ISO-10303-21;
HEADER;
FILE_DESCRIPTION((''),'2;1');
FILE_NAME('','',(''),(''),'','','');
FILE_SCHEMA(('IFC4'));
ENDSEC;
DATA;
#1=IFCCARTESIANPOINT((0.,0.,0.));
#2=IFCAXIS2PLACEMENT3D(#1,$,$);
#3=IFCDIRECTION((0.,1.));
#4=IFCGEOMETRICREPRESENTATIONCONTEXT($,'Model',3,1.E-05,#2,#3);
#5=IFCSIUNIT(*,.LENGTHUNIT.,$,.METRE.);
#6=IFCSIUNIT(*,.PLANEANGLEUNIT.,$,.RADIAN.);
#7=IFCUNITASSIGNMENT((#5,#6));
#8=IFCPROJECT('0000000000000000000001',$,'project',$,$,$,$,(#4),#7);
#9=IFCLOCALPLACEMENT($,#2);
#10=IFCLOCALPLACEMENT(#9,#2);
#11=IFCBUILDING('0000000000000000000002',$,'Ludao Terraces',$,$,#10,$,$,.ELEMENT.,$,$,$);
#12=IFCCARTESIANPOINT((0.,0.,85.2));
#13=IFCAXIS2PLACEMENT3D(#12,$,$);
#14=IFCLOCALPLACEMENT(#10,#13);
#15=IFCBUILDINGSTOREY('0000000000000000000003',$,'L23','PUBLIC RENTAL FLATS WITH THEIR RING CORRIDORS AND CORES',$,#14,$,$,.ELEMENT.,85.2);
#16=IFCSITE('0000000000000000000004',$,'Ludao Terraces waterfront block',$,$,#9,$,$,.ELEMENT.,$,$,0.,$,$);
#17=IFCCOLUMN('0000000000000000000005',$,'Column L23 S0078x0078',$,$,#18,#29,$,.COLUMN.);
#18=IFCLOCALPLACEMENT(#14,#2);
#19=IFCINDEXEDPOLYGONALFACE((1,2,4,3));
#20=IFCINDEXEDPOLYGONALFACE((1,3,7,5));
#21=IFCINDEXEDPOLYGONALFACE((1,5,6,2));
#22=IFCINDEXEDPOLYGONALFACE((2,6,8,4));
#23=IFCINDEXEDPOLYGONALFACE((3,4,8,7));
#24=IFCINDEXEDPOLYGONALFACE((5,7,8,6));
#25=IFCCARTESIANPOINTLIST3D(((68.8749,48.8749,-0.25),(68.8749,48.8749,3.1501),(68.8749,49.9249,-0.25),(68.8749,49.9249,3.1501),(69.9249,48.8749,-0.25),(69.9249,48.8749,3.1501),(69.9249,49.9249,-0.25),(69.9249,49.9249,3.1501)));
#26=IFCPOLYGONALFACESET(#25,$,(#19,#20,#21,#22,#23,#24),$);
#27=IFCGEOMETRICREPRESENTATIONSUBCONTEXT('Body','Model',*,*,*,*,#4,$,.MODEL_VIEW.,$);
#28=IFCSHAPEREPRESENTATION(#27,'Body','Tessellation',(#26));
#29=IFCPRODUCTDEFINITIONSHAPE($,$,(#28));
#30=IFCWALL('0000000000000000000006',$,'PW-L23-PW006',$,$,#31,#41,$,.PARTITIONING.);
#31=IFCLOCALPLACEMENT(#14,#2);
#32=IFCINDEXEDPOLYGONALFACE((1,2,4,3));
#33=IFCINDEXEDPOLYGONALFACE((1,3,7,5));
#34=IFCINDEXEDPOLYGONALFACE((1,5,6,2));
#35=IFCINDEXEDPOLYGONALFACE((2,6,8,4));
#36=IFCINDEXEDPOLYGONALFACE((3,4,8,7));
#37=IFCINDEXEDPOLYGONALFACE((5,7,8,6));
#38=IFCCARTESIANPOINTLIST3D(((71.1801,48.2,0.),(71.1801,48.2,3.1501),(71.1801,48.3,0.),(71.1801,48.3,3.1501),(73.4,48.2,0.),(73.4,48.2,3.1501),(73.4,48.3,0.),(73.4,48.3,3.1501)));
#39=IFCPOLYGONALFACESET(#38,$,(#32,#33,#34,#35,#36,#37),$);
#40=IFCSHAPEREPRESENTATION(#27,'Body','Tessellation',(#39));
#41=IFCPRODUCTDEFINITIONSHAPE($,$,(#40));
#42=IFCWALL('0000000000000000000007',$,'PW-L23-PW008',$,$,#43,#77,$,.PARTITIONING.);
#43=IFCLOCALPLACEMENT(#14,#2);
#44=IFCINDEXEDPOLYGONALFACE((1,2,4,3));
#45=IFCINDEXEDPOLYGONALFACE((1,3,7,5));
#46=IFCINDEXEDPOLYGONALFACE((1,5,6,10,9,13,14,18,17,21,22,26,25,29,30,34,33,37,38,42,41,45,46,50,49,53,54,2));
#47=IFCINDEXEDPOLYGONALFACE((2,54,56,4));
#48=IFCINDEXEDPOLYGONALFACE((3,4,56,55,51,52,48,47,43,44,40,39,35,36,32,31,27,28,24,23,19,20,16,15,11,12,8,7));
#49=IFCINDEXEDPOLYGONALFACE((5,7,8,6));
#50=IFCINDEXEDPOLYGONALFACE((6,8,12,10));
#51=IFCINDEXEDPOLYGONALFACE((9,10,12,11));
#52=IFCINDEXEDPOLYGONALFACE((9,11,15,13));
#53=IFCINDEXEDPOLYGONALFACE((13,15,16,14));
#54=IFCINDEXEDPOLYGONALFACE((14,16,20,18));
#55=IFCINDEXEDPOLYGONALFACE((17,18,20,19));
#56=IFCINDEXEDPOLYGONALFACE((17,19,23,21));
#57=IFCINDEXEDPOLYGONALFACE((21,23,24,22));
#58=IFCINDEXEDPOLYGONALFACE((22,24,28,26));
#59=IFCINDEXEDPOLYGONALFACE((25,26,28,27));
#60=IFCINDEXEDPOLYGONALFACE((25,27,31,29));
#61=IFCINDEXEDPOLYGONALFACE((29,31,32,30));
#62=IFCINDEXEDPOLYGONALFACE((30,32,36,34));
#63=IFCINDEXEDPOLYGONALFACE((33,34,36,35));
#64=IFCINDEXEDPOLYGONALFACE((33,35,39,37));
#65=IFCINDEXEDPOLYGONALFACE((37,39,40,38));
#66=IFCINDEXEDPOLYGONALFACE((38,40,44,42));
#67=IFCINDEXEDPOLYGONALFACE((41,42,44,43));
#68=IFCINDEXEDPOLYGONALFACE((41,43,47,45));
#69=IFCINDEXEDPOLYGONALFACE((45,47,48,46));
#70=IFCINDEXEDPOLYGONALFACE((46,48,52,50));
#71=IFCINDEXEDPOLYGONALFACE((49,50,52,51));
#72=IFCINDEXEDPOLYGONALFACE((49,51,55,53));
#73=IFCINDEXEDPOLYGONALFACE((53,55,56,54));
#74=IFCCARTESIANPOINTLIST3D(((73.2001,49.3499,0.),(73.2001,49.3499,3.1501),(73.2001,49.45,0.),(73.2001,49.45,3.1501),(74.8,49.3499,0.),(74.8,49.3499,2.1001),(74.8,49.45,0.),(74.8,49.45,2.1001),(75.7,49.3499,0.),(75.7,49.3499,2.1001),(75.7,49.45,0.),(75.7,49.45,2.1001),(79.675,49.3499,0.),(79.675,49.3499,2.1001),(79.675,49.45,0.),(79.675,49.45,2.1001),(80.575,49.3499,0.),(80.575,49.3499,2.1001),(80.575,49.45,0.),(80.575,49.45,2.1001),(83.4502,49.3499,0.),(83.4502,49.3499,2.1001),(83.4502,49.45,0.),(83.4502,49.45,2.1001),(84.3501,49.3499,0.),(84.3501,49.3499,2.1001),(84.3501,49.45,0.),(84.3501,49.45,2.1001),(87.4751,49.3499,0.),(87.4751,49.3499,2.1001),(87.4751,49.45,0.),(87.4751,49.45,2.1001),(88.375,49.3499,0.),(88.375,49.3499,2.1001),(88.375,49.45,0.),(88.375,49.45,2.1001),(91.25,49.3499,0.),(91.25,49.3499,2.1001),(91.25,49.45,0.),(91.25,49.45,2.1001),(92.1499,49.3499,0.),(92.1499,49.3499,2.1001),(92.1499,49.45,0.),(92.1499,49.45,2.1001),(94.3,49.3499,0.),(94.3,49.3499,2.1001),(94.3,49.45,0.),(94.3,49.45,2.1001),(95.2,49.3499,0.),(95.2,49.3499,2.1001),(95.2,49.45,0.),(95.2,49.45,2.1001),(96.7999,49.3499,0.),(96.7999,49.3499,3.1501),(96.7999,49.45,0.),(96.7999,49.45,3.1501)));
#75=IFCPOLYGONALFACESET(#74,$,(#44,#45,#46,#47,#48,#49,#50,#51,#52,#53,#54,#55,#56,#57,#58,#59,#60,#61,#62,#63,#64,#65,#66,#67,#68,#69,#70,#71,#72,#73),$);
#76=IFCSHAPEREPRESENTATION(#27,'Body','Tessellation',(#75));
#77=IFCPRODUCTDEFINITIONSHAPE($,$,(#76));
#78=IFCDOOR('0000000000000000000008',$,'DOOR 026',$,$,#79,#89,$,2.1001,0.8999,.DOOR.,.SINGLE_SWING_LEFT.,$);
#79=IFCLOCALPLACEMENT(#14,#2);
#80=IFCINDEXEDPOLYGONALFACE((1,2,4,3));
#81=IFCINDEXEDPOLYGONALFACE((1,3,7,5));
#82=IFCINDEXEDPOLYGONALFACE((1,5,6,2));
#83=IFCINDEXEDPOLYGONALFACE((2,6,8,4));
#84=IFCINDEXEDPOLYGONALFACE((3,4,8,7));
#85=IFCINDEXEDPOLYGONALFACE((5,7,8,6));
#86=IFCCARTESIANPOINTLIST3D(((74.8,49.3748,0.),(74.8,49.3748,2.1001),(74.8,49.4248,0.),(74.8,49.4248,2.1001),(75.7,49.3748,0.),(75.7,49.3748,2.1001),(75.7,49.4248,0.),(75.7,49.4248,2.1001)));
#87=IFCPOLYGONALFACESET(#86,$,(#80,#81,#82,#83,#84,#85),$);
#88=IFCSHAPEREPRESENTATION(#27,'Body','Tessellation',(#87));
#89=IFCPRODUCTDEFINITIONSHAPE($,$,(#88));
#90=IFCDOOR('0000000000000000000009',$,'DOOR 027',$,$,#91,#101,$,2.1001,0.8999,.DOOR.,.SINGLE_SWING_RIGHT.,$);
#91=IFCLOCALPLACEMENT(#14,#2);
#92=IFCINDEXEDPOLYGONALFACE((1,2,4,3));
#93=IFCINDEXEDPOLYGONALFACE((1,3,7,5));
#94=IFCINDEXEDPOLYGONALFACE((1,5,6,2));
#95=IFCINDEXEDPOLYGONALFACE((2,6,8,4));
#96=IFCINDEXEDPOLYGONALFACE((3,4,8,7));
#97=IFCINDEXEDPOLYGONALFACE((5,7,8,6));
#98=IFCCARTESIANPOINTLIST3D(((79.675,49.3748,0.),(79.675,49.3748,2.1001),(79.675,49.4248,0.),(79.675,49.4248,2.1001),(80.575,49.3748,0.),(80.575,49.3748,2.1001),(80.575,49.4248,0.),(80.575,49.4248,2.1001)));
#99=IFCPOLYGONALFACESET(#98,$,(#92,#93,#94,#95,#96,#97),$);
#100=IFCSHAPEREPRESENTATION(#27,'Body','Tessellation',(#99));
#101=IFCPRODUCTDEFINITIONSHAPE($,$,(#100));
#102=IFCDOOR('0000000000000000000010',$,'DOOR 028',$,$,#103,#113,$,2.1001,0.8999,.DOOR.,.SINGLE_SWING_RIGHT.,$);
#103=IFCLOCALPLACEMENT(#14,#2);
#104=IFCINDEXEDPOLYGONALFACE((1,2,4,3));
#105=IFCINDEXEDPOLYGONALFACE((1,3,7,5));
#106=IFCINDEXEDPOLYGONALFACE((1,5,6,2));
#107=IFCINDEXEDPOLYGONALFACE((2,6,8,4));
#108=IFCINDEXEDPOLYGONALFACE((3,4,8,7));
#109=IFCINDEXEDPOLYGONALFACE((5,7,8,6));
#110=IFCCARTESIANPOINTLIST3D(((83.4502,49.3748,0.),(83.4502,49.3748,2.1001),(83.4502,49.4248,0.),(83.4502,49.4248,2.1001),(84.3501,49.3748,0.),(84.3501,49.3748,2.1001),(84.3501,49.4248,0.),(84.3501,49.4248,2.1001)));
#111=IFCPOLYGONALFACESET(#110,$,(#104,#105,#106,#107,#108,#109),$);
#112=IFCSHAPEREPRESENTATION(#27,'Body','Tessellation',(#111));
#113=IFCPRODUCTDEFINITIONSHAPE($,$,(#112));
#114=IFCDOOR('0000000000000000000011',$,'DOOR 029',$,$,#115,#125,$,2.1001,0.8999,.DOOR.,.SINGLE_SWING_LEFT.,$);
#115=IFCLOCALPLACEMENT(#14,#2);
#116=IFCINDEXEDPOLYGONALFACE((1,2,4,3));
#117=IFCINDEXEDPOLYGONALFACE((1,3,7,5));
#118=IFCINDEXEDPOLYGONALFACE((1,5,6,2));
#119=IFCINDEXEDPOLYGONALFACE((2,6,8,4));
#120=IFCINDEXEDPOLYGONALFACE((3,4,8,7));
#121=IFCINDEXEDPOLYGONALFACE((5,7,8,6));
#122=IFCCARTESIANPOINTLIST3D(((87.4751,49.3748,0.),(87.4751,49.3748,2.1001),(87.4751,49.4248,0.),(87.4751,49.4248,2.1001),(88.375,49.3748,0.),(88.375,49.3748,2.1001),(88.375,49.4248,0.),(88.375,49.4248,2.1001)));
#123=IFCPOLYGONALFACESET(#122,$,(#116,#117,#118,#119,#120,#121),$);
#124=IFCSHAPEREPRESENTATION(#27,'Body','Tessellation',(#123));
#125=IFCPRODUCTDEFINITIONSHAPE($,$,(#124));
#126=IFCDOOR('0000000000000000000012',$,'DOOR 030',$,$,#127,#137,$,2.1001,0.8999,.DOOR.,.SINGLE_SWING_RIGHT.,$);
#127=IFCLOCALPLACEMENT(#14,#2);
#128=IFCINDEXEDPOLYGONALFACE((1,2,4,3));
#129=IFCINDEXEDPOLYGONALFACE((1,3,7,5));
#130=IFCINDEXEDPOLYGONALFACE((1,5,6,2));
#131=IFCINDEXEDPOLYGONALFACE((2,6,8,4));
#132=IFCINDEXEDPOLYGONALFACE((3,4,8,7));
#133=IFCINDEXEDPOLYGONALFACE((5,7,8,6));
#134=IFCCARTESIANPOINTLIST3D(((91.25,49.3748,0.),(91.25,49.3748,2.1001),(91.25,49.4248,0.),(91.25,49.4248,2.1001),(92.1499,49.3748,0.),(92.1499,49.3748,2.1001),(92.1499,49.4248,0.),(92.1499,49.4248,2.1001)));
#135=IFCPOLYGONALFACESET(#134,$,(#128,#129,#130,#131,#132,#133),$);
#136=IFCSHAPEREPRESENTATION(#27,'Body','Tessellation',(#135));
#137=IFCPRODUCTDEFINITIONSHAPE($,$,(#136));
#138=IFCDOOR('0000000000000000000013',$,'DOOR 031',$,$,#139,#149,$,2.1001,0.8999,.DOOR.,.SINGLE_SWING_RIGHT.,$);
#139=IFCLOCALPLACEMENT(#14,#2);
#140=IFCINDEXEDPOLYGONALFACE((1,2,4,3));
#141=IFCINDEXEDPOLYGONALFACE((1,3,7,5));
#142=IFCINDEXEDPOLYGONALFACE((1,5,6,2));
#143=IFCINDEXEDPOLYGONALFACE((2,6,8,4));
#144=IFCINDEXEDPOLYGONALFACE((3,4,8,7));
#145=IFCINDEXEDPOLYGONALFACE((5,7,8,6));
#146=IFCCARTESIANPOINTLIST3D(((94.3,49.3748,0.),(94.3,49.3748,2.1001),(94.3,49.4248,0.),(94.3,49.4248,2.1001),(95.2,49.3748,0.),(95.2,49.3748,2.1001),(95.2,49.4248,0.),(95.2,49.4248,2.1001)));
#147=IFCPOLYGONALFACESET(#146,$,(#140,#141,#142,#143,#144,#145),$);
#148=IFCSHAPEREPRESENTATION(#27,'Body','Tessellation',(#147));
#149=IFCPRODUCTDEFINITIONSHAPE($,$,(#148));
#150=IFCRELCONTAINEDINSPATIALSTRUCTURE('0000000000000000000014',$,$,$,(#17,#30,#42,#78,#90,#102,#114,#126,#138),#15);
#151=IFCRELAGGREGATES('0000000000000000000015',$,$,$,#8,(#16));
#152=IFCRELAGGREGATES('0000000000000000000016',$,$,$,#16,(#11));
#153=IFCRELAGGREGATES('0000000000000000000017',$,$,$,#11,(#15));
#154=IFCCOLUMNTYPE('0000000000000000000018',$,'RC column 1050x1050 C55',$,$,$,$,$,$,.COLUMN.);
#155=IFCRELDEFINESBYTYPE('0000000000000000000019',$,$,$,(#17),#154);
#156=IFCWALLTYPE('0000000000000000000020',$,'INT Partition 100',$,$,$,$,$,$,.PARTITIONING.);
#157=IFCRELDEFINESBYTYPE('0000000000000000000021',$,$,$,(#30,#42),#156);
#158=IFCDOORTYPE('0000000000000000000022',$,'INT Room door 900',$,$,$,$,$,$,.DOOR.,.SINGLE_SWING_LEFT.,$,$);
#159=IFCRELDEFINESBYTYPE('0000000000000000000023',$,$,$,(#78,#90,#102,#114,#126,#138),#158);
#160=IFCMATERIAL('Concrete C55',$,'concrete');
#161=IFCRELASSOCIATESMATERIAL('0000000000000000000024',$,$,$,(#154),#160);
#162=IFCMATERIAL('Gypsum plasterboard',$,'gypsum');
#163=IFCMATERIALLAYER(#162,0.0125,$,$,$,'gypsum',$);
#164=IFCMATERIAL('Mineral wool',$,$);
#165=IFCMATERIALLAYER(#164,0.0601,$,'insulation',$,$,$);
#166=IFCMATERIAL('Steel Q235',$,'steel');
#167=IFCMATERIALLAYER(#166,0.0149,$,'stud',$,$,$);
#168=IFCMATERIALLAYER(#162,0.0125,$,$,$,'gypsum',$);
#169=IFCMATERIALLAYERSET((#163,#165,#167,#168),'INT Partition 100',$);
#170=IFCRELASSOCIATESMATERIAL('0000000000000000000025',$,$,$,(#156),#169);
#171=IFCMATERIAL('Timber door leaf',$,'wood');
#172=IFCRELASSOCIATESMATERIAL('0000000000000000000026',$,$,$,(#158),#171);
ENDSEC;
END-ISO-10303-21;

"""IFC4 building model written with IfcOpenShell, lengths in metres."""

from ifc_helpers import new_model, si_unit, direction, frame, frame_2d, origin, origin_2d, place, context, subcontext, project, spatial, rectangle, extrude, material, layer, layer_set, material_profile, profile_set, type_object, element, fill, save


model = new_model("IFC4")

# Units and contexts
model_context = context("Model", 3, precision=1e-05, world=origin(), true_north=direction((0.0, 1.0)))
body_context = subcontext(model_context, "Body", "Model", "MODEL_VIEW")
ifc_project = project(units=[si_unit("LENGTHUNIT", "METRE"), si_unit("PLANEANGLEUNIT", "RADIAN")], contexts=[model_context])

# Site, building, storey
site_placement = place(None, origin())
site = spatial("IfcSite", under=ifc_project, at=site_placement, Name="Ludao Terraces waterfront block", CompositionType="ELEMENT", RefElevation=0.0)
building_placement = place(site_placement, origin())
building = spatial("IfcBuilding", under=site, at=building_placement, Name="Ludao Terraces", CompositionType="ELEMENT")
storey_placement = place(building_placement, frame((0.0, 0.0, 85.2)))
storey = spatial("IfcBuildingStorey", under=building, at=storey_placement, Name="L23", Description="PUBLIC RENTAL FLATS WITH THEIR RING CORRIDORS AND CORES", CompositionType="ELEMENT", Elevation=85.2)

# Column
ifc_material_1 = material(Name="Concrete C55", Category="concrete")
ifc_material_profile = material_profile(ifc_material_1, rectangle(XDim=1.05, YDim=1.05, at=origin_2d()), Name="1050 X 1050")
ifc_profile_set = profile_set([ifc_material_profile], Name="Concrete C55")
column_type = type_object("IfcColumnType", Name="RC column 1050x1050 C55", PredefinedType="COLUMN", material=ifc_profile_set)
column_placement = place(storey_placement, frame((69.3999, 49.3999, -0.25), z_axis=(0.0, 0.0, 1.0), x_axis=(1.0, 0.0, 0.0)))
element("IfcColumn", 1, at=column_placement, inside=storey, type_object=column_type, Name="Column L23 S0078x0078", PredefinedType="COLUMN", context=body_context, shape_type="SweptSolid", body=[
    extrude(rectangle(XDim=1.05, YDim=1.05, at=origin_2d()), origin(), (0.0, 0.0, 1.0), 3.4001),
])

# Wall
ifc_material_2 = material(Name="Gypsum plasterboard", Category="gypsum")
ifc_layer_1 = layer(ifc_material_2, 0.0125, Category="gypsum")
ifc_material_3 = material(Name="Mineral wool")
ifc_layer_2 = layer(ifc_material_3, 0.0601, Name="insulation")
ifc_material_4 = material(Name="Steel Q235", Category="steel")
ifc_layer_3 = layer(ifc_material_4, 0.0149, Name="stud")
ifc_layer_4 = layer(ifc_material_2, 0.0125, Category="gypsum")
ifc_layer_set = layer_set([ifc_layer_1, ifc_layer_2, ifc_layer_3, ifc_layer_4], Name="INT Partition 100")
wall_type = type_object("IfcWallType", Name="INT Partition 100", PredefinedType="PARTITIONING", material=ifc_layer_set)
wall_1_placement = place(storey_placement, frame((71.1802, 48.25, 0.0), z_axis=(0.0, 0.0, 1.0), x_axis=(1.0, 0.0, 0.0)))
element("IfcWall", 2, at=wall_1_placement, inside=storey, type_object=wall_type, Name="PW-L23-PW006", PredefinedType="PARTITIONING", context=body_context, shape_type="SweptSolid", body=[
    extrude(rectangle(XDim=2.22, YDim=0.1001, at=frame_2d((1.1099, 0.0))), origin(), (0.0, 0.0, 1.0), 3.1501),
])

# Wall, openings, doors
wall_2_placement = place(storey_placement, frame((73.2002, 49.3999, 0.0), z_axis=(0.0, 0.0, 1.0), x_axis=(1.0, 0.0, 0.0)))
wall_2 = element("IfcWall", 3, at=wall_2_placement, inside=storey, type_object=wall_type, Name="PW-L23-PW008", PredefinedType="PARTITIONING", context=body_context, shape_type="SweptSolid", body=[
    extrude(rectangle(XDim=23.5999, YDim=0.1001, at=frame_2d((11.7998, 0.0))), origin(), (0.0, 0.0, 1.0), 3.1501),
])
opening_1_placement = place(wall_2_placement, frame((1.5999, 0.0, 0.0)))
opening_1 = element("IfcOpeningElement", 4, at=opening_1_placement, cuts=wall_2, PredefinedType="OPENING", context=body_context, shape_type="SweptSolid", body=[
    extrude(rectangle(XDim=0.8999, YDim=2.1001, at=frame_2d((0.45, 1.05))), frame((0.0, 0.0601, 0.0), z_axis=(0.0, -1.0, 0.0), x_axis=(1.0, 0.0, 0.0)), (0.0, 0.0, 1.0), 0.1201),
])
opening_2_placement = place(wall_2_placement, frame((6.4749, 0.0, 0.0)))
opening_2 = element("IfcOpeningElement", 5, at=opening_2_placement, cuts=wall_2, PredefinedType="OPENING", context=body_context, shape_type="SweptSolid", body=[
    extrude(rectangle(XDim=0.8999, YDim=2.1001, at=frame_2d((0.45, 1.05))), frame((0.0, 0.0601, 0.0), z_axis=(0.0, -1.0, 0.0), x_axis=(1.0, 0.0, 0.0)), (0.0, 0.0, 1.0), 0.1201),
])
opening_3_placement = place(wall_2_placement, frame((10.25, 0.0, 0.0)))
opening_3 = element("IfcOpeningElement", 6, at=opening_3_placement, cuts=wall_2, PredefinedType="OPENING", context=body_context, shape_type="SweptSolid", body=[
    extrude(rectangle(XDim=0.8999, YDim=2.1001, at=frame_2d((0.45, 1.05))), frame((0.0, 0.0601, 0.0), z_axis=(0.0, -1.0, 0.0), x_axis=(1.0, 0.0, 0.0)), (0.0, 0.0, 1.0), 0.1201),
])
opening_4_placement = place(wall_2_placement, frame((14.2749, 0.0, 0.0)))
opening_4 = element("IfcOpeningElement", 7, at=opening_4_placement, cuts=wall_2, PredefinedType="OPENING", context=body_context, shape_type="SweptSolid", body=[
    extrude(rectangle(XDim=0.8999, YDim=2.1001, at=frame_2d((0.45, 1.05))), frame((0.0, 0.0601, 0.0), z_axis=(0.0, -1.0, 0.0), x_axis=(1.0, 0.0, 0.0)), (0.0, 0.0, 1.0), 0.1201),
])
opening_5_placement = place(wall_2_placement, frame((18.0498, 0.0, 0.0)))
opening_5 = element("IfcOpeningElement", 8, at=opening_5_placement, cuts=wall_2, PredefinedType="OPENING", context=body_context, shape_type="SweptSolid", body=[
    extrude(rectangle(XDim=0.8999, YDim=2.1001, at=frame_2d((0.45, 1.05))), frame((0.0, 0.0601, 0.0), z_axis=(0.0, -1.0, 0.0), x_axis=(1.0, 0.0, 0.0)), (0.0, 0.0, 1.0), 0.1201),
])
opening_6_placement = place(wall_2_placement, frame((21.0999, 0.0, 0.0)))
opening_6 = element("IfcOpeningElement", 9, at=opening_6_placement, cuts=wall_2, PredefinedType="OPENING", context=body_context, shape_type="SweptSolid", body=[
    extrude(rectangle(XDim=0.8999, YDim=2.1001, at=frame_2d((0.45, 1.05))), frame((0.0, 0.0601, 0.0), z_axis=(0.0, -1.0, 0.0), x_axis=(1.0, 0.0, 0.0)), (0.0, 0.0, 1.0), 0.1201),
])
ifc_material_5 = material(Name="Timber door leaf", Category="wood")
door_type = type_object("IfcDoorType", Name="INT Room door 900", OperationType="SINGLE_SWING_LEFT", PredefinedType="DOOR", material=ifc_material_5)
door_1_placement = place(opening_1_placement, origin())
door_1 = element("IfcDoor", 10, at=door_1_placement, inside=storey, type_object=door_type, Name="DOOR 026", OperationType="SINGLE_SWING_LEFT", OverallHeight=2.1001, OverallWidth=0.8999, PredefinedType="DOOR", context=body_context, shape_type="SweptSolid", body=[
    extrude(rectangle(XDim=0.8999, YDim=2.1001, at=frame_2d((0.45, 1.05))), frame((0.0, 0.0249, 0.0), z_axis=(0.0, -1.0, 0.0), x_axis=(1.0, 0.0, 0.0)), (0.0, 0.0, 1.0), 0.05),
])
fill(opening_1, door_1)
door_2_placement = place(opening_2_placement, origin())
door_2 = element("IfcDoor", 11, at=door_2_placement, inside=storey, type_object=door_type, Name="DOOR 027", OperationType="SINGLE_SWING_RIGHT", OverallHeight=2.1001, OverallWidth=0.8999, PredefinedType="DOOR", context=body_context, shape_type="SweptSolid", body=[
    extrude(rectangle(XDim=0.8999, YDim=2.1001, at=frame_2d((0.45, 1.05))), frame((0.0, 0.0249, 0.0), z_axis=(0.0, -1.0, 0.0), x_axis=(1.0, 0.0, 0.0)), (0.0, 0.0, 1.0), 0.05),
])
fill(opening_2, door_2)
door_3_placement = place(opening_3_placement, origin())
door_3 = element("IfcDoor", 12, at=door_3_placement, inside=storey, type_object=door_type, Name="DOOR 028", OperationType="SINGLE_SWING_RIGHT", OverallHeight=2.1001, OverallWidth=0.8999, PredefinedType="DOOR", context=body_context, shape_type="SweptSolid", body=[
    extrude(rectangle(XDim=0.8999, YDim=2.1001, at=frame_2d((0.45, 1.05))), frame((0.0, 0.0249, 0.0), z_axis=(0.0, -1.0, 0.0), x_axis=(1.0, 0.0, 0.0)), (0.0, 0.0, 1.0), 0.05),
])
fill(opening_3, door_3)
door_4_placement = place(opening_4_placement, origin())
door_4 = element("IfcDoor", 13, at=door_4_placement, inside=storey, type_object=door_type, Name="DOOR 029", OperationType="SINGLE_SWING_LEFT", OverallHeight=2.1001, OverallWidth=0.8999, PredefinedType="DOOR", context=body_context, shape_type="SweptSolid", body=[
    extrude(rectangle(XDim=0.8999, YDim=2.1001, at=frame_2d((0.45, 1.05))), frame((0.0, 0.0249, 0.0), z_axis=(0.0, -1.0, 0.0), x_axis=(1.0, 0.0, 0.0)), (0.0, 0.0, 1.0), 0.05),
])
fill(opening_4, door_4)
door_5_placement = place(opening_5_placement, origin())
door_5 = element("IfcDoor", 14, at=door_5_placement, inside=storey, type_object=door_type, Name="DOOR 030", OperationType="SINGLE_SWING_RIGHT", OverallHeight=2.1001, OverallWidth=0.8999, PredefinedType="DOOR", context=body_context, shape_type="SweptSolid", body=[
    extrude(rectangle(XDim=0.8999, YDim=2.1001, at=frame_2d((0.45, 1.05))), frame((0.0, 0.0249, 0.0), z_axis=(0.0, -1.0, 0.0), x_axis=(1.0, 0.0, 0.0)), (0.0, 0.0, 1.0), 0.05),
])
fill(opening_5, door_5)
door_6_placement = place(opening_6_placement, origin())
door_6 = element("IfcDoor", 15, at=door_6_placement, inside=storey, type_object=door_type, Name="DOOR 031", OperationType="SINGLE_SWING_RIGHT", OverallHeight=2.1001, OverallWidth=0.8999, PredefinedType="DOOR", context=body_context, shape_type="SweptSolid", body=[
    extrude(rectangle(XDim=0.8999, YDim=2.1001, at=frame_2d((0.45, 1.05))), frame((0.0, 0.0249, 0.0), z_axis=(0.0, -1.0, 0.0), x_axis=(1.0, 0.0, 0.0)), (0.0, 0.0, 1.0), 0.05),
])
fill(opening_6, door_6)

save(model, "model.ifc")
